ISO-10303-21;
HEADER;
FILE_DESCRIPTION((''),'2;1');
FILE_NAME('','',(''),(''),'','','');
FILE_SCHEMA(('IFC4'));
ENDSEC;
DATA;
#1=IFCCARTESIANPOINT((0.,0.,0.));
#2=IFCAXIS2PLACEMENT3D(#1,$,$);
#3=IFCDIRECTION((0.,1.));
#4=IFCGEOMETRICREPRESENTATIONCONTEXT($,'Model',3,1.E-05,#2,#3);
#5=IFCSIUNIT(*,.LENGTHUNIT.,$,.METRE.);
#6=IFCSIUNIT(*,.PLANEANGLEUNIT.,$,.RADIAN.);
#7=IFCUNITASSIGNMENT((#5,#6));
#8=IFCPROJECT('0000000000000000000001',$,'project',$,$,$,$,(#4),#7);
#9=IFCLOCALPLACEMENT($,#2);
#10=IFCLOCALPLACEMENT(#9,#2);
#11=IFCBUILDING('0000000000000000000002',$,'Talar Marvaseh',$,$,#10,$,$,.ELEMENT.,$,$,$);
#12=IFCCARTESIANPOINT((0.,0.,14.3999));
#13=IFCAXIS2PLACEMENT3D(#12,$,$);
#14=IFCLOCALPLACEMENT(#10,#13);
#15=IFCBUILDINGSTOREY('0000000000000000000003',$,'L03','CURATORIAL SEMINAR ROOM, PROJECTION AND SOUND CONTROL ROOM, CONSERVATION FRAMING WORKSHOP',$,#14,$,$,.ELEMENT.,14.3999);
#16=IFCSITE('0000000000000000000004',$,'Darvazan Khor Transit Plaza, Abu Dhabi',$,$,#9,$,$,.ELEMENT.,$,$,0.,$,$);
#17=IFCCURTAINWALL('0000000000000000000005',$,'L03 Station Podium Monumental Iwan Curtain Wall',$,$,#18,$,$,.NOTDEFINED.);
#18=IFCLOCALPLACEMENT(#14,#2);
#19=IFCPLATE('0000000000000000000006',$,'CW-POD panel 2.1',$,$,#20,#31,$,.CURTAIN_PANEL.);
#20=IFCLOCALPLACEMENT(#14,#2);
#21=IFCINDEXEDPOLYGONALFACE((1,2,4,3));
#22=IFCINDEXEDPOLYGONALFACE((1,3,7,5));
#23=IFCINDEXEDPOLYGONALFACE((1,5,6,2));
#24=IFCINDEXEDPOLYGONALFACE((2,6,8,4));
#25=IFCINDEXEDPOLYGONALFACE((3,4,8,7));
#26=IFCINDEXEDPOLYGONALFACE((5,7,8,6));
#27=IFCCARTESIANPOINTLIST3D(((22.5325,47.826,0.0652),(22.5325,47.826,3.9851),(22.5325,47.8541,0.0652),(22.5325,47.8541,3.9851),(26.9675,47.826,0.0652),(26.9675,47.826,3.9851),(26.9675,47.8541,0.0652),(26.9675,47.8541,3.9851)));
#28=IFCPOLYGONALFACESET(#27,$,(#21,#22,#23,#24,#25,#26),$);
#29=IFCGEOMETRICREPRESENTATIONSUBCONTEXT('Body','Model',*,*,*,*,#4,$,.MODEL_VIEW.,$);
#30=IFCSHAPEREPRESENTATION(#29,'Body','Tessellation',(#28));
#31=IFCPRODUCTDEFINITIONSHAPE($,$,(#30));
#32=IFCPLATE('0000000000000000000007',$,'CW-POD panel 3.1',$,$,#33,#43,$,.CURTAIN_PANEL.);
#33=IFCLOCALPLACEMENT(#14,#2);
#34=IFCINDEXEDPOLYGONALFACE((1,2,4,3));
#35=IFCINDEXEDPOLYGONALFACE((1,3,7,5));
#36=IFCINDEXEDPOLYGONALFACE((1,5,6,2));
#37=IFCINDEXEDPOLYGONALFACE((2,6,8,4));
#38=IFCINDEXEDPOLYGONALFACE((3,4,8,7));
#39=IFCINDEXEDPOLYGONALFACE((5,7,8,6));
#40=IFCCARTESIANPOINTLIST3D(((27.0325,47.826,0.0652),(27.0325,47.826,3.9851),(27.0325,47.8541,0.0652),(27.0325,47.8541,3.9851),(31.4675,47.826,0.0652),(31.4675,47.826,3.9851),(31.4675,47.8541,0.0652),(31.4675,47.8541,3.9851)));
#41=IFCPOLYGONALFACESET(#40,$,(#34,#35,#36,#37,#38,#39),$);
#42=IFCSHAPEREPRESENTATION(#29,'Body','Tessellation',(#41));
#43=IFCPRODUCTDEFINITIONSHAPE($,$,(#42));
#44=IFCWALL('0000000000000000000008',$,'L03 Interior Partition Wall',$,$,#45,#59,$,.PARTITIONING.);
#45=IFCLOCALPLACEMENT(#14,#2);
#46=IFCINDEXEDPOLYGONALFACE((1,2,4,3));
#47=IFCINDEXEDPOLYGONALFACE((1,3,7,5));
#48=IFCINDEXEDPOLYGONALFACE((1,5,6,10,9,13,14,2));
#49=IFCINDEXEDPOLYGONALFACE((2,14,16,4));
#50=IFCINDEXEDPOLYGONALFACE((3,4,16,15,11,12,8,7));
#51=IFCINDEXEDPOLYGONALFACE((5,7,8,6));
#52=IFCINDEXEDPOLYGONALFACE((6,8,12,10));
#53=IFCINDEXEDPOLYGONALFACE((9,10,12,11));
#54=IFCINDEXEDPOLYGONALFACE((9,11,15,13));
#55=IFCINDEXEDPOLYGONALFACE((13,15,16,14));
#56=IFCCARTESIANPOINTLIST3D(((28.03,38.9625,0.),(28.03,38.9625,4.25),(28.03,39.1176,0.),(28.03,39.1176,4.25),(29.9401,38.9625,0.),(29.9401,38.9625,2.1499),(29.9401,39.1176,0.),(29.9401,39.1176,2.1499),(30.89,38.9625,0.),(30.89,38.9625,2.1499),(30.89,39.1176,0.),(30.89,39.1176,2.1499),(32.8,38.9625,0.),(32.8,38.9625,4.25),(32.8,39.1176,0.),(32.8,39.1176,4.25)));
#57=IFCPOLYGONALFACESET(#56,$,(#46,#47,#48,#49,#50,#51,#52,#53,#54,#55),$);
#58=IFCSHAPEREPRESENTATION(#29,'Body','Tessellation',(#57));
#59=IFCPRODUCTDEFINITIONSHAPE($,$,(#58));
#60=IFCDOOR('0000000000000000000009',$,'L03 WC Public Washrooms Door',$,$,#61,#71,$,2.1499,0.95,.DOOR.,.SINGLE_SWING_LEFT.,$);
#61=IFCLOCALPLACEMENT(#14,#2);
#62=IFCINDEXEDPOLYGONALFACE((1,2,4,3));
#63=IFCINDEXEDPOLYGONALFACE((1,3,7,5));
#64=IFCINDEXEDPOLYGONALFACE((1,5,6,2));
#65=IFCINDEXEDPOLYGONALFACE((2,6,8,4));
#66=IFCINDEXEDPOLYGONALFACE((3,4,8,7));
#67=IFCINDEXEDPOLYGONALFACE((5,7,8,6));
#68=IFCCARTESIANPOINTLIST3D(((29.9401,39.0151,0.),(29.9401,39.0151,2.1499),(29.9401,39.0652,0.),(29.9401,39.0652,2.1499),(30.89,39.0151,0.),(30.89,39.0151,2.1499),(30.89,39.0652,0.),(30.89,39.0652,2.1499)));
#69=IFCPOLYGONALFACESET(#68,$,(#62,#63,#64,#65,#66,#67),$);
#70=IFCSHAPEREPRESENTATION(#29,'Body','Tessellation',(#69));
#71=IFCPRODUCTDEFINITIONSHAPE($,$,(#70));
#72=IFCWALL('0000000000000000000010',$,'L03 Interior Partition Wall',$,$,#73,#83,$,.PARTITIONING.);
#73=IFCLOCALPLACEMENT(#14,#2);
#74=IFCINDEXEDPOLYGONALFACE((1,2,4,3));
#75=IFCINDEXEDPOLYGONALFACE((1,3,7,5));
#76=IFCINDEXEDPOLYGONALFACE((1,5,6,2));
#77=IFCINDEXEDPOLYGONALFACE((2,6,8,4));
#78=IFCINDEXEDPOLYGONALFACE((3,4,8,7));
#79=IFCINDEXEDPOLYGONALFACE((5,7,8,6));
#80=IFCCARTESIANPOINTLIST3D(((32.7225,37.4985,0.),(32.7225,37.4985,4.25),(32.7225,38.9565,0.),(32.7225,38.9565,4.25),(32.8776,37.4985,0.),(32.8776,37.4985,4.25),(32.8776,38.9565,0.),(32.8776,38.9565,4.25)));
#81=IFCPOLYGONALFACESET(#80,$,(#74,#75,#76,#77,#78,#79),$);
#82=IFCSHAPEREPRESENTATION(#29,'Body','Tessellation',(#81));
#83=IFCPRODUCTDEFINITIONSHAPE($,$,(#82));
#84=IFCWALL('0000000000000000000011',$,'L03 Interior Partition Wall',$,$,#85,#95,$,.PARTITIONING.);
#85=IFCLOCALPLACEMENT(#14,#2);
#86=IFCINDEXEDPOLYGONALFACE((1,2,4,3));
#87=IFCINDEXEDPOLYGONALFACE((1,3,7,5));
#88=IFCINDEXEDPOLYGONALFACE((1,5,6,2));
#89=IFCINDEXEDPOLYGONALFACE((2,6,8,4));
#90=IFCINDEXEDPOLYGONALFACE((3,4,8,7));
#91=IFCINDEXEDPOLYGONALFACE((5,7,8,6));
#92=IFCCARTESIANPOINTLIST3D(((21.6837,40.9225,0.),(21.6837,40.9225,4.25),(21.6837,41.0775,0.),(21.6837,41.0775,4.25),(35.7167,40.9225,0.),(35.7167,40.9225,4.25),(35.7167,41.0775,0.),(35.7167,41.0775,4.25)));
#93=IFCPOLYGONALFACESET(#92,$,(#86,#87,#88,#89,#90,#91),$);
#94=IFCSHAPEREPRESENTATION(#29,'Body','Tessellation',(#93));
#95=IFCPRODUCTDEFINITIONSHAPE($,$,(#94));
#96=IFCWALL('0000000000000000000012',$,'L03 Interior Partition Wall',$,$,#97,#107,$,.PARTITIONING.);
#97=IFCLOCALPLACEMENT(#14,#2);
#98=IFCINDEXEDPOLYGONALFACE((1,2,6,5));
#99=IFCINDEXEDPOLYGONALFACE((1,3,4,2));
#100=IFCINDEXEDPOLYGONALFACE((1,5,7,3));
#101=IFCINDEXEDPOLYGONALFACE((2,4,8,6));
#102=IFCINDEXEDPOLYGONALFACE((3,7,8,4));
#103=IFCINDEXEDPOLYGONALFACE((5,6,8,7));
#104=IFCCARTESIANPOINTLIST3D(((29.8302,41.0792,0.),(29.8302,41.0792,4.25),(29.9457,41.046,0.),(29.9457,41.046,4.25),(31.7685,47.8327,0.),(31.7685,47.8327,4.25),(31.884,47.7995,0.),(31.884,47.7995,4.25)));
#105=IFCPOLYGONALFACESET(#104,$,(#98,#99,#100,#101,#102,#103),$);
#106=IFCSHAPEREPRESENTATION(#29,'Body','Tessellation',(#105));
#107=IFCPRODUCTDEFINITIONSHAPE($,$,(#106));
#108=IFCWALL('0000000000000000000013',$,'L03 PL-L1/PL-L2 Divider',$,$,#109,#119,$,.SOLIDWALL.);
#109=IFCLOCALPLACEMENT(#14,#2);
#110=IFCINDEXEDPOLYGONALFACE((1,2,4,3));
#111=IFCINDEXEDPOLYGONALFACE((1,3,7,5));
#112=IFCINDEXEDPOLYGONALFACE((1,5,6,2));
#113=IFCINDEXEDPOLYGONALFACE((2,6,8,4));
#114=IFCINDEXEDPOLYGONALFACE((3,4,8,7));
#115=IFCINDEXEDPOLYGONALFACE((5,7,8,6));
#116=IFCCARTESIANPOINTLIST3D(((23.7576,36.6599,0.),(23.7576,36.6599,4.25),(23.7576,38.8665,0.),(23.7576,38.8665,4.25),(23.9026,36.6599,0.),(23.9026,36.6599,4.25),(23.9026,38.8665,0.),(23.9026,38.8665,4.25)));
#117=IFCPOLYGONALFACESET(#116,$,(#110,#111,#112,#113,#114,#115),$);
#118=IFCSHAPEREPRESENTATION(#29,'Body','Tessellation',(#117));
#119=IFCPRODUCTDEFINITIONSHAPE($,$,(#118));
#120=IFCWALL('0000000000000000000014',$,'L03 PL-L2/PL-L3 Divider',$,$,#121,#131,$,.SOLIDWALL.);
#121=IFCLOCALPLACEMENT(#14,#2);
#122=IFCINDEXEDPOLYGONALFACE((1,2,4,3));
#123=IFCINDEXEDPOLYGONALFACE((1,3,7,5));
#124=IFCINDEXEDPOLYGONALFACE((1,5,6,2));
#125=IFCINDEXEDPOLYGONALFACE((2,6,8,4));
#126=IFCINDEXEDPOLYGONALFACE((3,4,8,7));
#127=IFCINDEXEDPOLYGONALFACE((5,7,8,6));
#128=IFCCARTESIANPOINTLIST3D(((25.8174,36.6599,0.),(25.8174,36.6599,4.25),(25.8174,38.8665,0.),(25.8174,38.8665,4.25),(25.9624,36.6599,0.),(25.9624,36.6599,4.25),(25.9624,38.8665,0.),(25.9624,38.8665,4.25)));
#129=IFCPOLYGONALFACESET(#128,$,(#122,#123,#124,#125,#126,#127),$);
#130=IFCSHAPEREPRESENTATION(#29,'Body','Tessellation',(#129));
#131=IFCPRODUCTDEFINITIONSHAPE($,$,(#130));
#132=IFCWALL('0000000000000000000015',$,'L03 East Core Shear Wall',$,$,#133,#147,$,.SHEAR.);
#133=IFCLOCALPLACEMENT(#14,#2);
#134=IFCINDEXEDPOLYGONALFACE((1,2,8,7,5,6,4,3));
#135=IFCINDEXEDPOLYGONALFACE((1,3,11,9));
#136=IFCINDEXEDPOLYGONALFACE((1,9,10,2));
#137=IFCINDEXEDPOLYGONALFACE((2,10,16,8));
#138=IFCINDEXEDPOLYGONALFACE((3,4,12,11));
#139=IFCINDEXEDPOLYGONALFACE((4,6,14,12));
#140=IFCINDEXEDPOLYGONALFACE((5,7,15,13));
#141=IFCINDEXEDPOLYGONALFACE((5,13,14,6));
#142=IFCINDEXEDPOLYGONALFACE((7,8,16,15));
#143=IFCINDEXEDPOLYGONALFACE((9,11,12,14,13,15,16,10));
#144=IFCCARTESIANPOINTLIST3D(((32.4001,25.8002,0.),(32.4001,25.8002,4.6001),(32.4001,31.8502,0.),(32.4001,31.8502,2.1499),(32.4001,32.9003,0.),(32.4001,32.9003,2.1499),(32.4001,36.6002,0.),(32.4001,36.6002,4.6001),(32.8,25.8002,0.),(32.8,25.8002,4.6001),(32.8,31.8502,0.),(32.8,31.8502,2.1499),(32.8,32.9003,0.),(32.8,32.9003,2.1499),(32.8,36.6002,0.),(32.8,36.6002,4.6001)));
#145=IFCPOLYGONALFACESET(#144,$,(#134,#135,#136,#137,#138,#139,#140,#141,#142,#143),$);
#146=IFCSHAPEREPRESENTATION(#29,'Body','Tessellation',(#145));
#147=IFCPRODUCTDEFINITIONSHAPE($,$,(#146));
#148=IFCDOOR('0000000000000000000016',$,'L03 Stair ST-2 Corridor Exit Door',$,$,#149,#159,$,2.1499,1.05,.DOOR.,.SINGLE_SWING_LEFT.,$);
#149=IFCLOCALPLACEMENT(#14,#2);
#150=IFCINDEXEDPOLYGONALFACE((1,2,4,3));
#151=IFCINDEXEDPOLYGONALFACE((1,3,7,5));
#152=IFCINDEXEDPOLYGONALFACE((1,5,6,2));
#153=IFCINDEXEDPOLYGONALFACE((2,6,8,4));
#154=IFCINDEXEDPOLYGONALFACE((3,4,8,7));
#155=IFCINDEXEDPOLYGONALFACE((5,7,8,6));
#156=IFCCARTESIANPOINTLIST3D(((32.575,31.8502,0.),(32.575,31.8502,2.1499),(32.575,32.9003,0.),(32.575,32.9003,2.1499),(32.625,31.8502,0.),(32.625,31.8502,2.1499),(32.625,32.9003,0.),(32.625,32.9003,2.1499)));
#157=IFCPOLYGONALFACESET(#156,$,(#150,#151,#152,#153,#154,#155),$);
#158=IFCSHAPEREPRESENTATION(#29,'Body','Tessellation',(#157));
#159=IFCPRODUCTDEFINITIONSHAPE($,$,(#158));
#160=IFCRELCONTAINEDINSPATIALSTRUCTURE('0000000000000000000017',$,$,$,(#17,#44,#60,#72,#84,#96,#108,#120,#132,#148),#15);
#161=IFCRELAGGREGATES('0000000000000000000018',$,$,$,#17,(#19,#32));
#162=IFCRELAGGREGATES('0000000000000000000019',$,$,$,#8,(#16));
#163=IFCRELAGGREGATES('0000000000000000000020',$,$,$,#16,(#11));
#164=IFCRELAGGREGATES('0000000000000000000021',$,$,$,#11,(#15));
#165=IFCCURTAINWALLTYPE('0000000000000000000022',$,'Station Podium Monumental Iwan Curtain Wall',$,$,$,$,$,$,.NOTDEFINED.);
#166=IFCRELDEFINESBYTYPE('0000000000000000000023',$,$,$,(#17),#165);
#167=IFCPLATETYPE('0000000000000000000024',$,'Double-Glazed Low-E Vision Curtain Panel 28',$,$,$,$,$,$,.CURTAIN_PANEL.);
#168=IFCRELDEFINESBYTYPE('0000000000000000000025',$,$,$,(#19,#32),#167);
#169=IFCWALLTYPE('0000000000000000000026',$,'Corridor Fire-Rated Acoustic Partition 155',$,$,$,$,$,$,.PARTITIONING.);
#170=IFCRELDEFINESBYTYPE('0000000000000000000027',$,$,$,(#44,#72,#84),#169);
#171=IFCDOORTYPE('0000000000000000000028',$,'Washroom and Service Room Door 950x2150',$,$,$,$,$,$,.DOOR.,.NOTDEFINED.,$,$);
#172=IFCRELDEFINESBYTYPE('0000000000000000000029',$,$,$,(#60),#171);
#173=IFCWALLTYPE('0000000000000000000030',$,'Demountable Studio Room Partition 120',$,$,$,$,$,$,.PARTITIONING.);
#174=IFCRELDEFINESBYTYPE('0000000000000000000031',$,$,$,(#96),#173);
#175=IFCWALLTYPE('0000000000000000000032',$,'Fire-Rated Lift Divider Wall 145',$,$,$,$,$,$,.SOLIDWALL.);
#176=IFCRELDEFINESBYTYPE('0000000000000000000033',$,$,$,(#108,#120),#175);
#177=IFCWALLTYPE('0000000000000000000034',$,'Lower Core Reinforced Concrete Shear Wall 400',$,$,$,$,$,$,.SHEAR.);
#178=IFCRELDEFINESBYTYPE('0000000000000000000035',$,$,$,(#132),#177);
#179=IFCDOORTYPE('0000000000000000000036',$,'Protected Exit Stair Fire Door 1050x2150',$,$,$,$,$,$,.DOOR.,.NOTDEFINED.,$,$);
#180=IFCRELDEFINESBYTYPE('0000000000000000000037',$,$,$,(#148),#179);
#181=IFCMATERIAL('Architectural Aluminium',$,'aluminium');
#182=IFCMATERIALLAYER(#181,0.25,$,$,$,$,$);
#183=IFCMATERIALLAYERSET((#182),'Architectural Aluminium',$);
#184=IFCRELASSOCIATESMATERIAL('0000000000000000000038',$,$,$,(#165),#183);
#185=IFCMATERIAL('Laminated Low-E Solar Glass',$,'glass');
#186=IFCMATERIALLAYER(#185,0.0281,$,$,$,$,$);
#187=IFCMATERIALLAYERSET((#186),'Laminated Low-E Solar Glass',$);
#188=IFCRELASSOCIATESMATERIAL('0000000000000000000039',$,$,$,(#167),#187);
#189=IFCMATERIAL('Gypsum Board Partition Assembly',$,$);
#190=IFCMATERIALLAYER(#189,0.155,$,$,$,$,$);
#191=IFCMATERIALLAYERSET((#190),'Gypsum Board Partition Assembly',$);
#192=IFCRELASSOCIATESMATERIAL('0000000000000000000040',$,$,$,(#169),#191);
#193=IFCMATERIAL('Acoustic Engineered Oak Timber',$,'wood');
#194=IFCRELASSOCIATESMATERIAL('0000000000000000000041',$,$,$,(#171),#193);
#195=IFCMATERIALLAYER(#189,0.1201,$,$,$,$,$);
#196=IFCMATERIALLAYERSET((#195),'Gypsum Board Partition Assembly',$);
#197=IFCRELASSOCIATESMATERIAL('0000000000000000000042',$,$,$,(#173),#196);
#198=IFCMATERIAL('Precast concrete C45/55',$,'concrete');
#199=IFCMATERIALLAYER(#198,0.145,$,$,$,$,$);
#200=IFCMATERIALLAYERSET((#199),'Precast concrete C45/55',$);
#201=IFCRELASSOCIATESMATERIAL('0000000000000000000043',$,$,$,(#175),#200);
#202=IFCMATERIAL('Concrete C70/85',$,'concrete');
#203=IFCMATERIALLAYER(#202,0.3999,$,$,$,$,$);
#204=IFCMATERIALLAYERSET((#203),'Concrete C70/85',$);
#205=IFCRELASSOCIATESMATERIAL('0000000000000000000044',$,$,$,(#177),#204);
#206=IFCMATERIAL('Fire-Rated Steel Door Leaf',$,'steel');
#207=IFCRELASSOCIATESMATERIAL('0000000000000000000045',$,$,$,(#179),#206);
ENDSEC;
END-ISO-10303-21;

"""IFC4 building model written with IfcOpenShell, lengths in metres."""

from ifc_helpers import new_model, si_unit, direction, frame, frame_2d, origin, origin_2d, place, context, subcontext, project, spatial, rectangle, extrude, source, transform, mapped, material, layer, layer_set, type_object, type_shapes, element, fill, aggregate, save


model = new_model("IFC4")

# Units and contexts
model_context = context("Model", 3, precision=1e-05, world=origin(), true_north=direction((0.0, 1.0)))
body_context = subcontext(model_context, "Body", "Model", "MODEL_VIEW")
ifc_project = project(units=[si_unit("LENGTHUNIT", "METRE"), si_unit("PLANEANGLEUNIT", "RADIAN")], contexts=[model_context])

# Site, building, storey
site_placement = place(None, origin())
site = spatial("IfcSite", under=ifc_project, at=site_placement, Name="Darvazan Khor Transit Plaza, Abu Dhabi", CompositionType="ELEMENT", RefElevation=0.0)
building_placement = place(site_placement, origin())
building = spatial("IfcBuilding", under=site, at=building_placement, Name="Talar Marvaseh", CompositionType="ELEMENT")
storey_placement = place(building_placement, frame((0.0, 0.0, 14.3999)))
storey = spatial("IfcBuildingStorey", under=building, at=storey_placement, Name="L03", Description="CURATORIAL SEMINAR ROOM, PROJECTION AND SOUND CONTROL ROOM, CONSERVATION FRAMING WORKSHOP", CompositionType="ELEMENT", Elevation=14.3999)

# Shared definitions
ifc_material_1 = material(Name="Concrete C70/85", Category="concrete")

# Curtain wall, plates
ifc_material_2 = material(Name="Architectural Aluminium", Category="aluminium")
ifc_layer_1 = layer(ifc_material_2, 0.25)
ifc_layer_set_1 = layer_set([ifc_layer_1], Name="Architectural Aluminium")
curtain_wall_type = type_object("IfcCurtainWallType", Name="Station Podium Monumental Iwan Curtain Wall", PredefinedType="NOTDEFINED", material=ifc_layer_set_1)
curtain_wall_placement = place(storey_placement, origin())
curtain_wall = element("IfcCurtainWall", 1, at=curtain_wall_placement, inside=storey, type_object=curtain_wall_type, Name="L03 Station Podium Monumental Iwan Curtain Wall", PredefinedType="NOTDEFINED")
ifc_material_3 = material(Name="Laminated Low-E Solar Glass", Category="glass")
ifc_layer_2 = layer(ifc_material_3, 0.0281)
ifc_layer_set_2 = layer_set([ifc_layer_2], Name="Laminated Low-E Solar Glass")
plate_type = type_object("IfcPlateType", Name="Double-Glazed Low-E Vision Curtain Panel 28", PredefinedType="CURTAIN_PANEL", material=ifc_layer_set_2)
shared_shape_1 = source(origin(), body_context, "Body", "SweptSolid", [
    extrude(rectangle(XDim=4.4351, YDim=0.0281, at=origin_2d()), origin(), (0.0, 0.0, 1.0), 3.9199),
])
type_shapes(plate_type, [shared_shape_1])
plate_1_placement = place(storey_placement, frame((24.75, 47.8401, 0.0652), z_axis=(0.0, 0.0, 1.0), x_axis=(1.0, 0.0, 0.0)))
plate_1 = element("IfcPlate", 2, at=plate_1_placement, type_object=plate_type, Name="CW-POD panel 2.1", PredefinedType="CURTAIN_PANEL", context=body_context, shape_type="MappedRepresentation", body=[
    mapped(shared_shape_1, transform((0.0, 0.0, 0.0), x_axis=(1.0, 0.0, 0.0), y_axis=(0.0, 1.0, 0.0), z_axis=(0.0, 0.0, 1.0), scale=1.0)),
])
plate_2_placement = place(storey_placement, frame((29.25, 47.8401, 0.0652), z_axis=(0.0, 0.0, 1.0), x_axis=(1.0, 0.0, 0.0)))
plate_2 = element("IfcPlate", 3, at=plate_2_placement, type_object=plate_type, Name="CW-POD panel 3.1", PredefinedType="CURTAIN_PANEL", context=body_context, shape_type="MappedRepresentation", body=[
    mapped(shared_shape_1, transform((0.0, 0.0, 0.0), x_axis=(1.0, 0.0, 0.0), y_axis=(0.0, 1.0, 0.0), z_axis=(0.0, 0.0, 1.0), scale=1.0)),
])
aggregate(curtain_wall, [plate_1, plate_2])

# Wall, opening, door
ifc_material_4 = material(Name="Gypsum Board Partition Assembly")
ifc_layer_3 = layer(ifc_material_4, 0.155)
ifc_layer_set_3 = layer_set([ifc_layer_3], Name="Gypsum Board Partition Assembly")
wall_type_1 = type_object("IfcWallType", Name="Corridor Fire-Rated Acoustic Partition 155", PredefinedType="PARTITIONING", material=ifc_layer_set_3)
wall_1_placement = place(storey_placement, frame((32.8, 39.04, 0.0), z_axis=(0.0, 0.0, 1.0), x_axis=(-1.0, 0.0, 0.0)))
wall_1 = element("IfcWall", 4, at=wall_1_placement, inside=storey, type_object=wall_type_1, Name="L03 Interior Partition Wall", PredefinedType="PARTITIONING", context=body_context, shape_type="SweptSolid", body=[
    extrude(rectangle(XDim=4.77, YDim=0.155, at=frame_2d((2.385, 0.0))), origin(), (0.0, 0.0, 1.0), 4.25),
])
opening_1_placement = place(wall_1_placement, frame((1.9099, 0.0, 0.0)))
opening_1 = element("IfcOpeningElement", 5, at=opening_1_placement, cuts=wall_1, PredefinedType="OPENING", context=body_context, shape_type="SweptSolid", body=[
    extrude(rectangle(XDim=0.95, YDim=2.1499, at=frame_2d((0.4751, 1.075))), frame((0.0, 0.0874, 0.0), z_axis=(0.0, -1.0, 0.0), x_axis=(1.0, 0.0, 0.0)), (0.0, 0.0, 1.0), 0.175),
])
ifc_material_5 = material(Name="Acoustic Engineered Oak Timber", Category="wood")
door_type_1 = type_object("IfcDoorType", Name="Washroom and Service Room Door 950x2150", OperationType="NOTDEFINED", PredefinedType="DOOR", material=ifc_material_5)
shared_shape_2 = source(origin(), body_context, "Body", "SweptSolid", [
    extrude(rectangle(XDim=0.95, YDim=2.1499, at=frame_2d((0.4751, 1.075))), frame((0.0, 0.0249, 0.0), z_axis=(0.0, -1.0, 0.0), x_axis=(1.0, 0.0, 0.0)), (0.0, 0.0, 1.0), 0.05),
])
type_shapes(door_type_1, [shared_shape_2])
door_1_placement = place(opening_1_placement, origin())
door_1 = element("IfcDoor", 6, at=door_1_placement, inside=storey, type_object=door_type_1, Name="L03 WC Public Washrooms Door", OperationType="SINGLE_SWING_LEFT", OverallHeight=2.1499, OverallWidth=0.95, PredefinedType="DOOR", context=body_context, shape_type="MappedRepresentation", body=[
    mapped(shared_shape_2, transform((0.0, 0.0, 0.0), x_axis=(1.0, 0.0, 0.0), y_axis=(0.0, 1.0, 0.0), z_axis=(0.0, 0.0, 1.0), scale=1.0)),
])
fill(opening_1, door_1)

# Walls
wall_2_placement = place(storey_placement, frame((32.8, 37.4985, 0.0), z_axis=(0.0, 0.0, 1.0), x_axis=(0.0, 1.0, 0.0)))
element("IfcWall", 7, at=wall_2_placement, inside=storey, type_object=wall_type_1, Name="L03 Interior Partition Wall", PredefinedType="PARTITIONING", context=body_context, shape_type="SweptSolid", body=[
    extrude(rectangle(XDim=1.458, YDim=0.155, at=frame_2d((0.729, 0.0))), origin(), (0.0, 0.0, 1.0), 4.25),
])
wall_3_placement = place(storey_placement, frame((21.6836, 41.0, 0.0), z_axis=(0.0, 0.0, 1.0), x_axis=(1.0, 0.0, 0.0)))
element("IfcWall", 8, at=wall_3_placement, inside=storey, type_object=wall_type_1, Name="L03 Interior Partition Wall", PredefinedType="PARTITIONING", context=body_context, shape_type="SweptSolid", body=[
    extrude(rectangle(XDim=14.033, YDim=0.155, at=frame_2d((7.0166, 0.0))), origin(), (0.0, 0.0, 1.0), 4.25),
])
ifc_layer_4 = layer(ifc_material_4, 0.1201)
ifc_layer_set_4 = layer_set([ifc_layer_4], Name="Gypsum Board Partition Assembly")
wall_type_2 = type_object("IfcWallType", Name="Demountable Studio Room Partition 120", PredefinedType="PARTITIONING", material=ifc_layer_set_4)
wall_4_placement = place(storey_placement, frame((29.8879, 41.0625, 0.0), z_axis=(0.0, 0.0, 1.0), x_axis=(0.275864, 0.961197, 0.0)))
element("IfcWall", 9, at=wall_4_placement, inside=storey, type_object=wall_type_2, Name="L03 Interior Partition Wall", PredefinedType="PARTITIONING", context=body_context, shape_type="SweptSolid", body=[
    extrude(rectangle(XDim=7.0261, YDim=0.1201, at=frame_2d((3.5132, 0.0))), origin(), (0.0, 0.0, 1.0), 4.25),
])
ifc_material_6 = material(Name="Precast concrete C45/55", Category="concrete")
ifc_layer_5 = layer(ifc_material_6, 0.145)
ifc_layer_set_5 = layer_set([ifc_layer_5], Name="Precast concrete C45/55")
wall_type_3 = type_object("IfcWallType", Name="Fire-Rated Lift Divider Wall 145", PredefinedType="SOLIDWALL", material=ifc_layer_set_5)
for number, where, z_axis, x_axis, name in (
    (10, (23.8301, 36.6599, 0.0), (0.0, 0.0, 1.0), (0.0, 1.0, 0.0), "L03 PL-L1/PL-L2 Divider"),
    (11, (25.8899, 36.6599, 0.0), (0.0, 0.0, 1.0), (0.0, 1.0, 0.0), "L03 PL-L2/PL-L3 Divider"),
):
    element("IfcWall", number, at=place(storey_placement, frame(where, z_axis=z_axis, x_axis=x_axis)), inside=storey, type_object=wall_type_3, Name=name, PredefinedType="SOLIDWALL", context=body_context, shape_type="SweptSolid", body=[
        extrude(rectangle(XDim=2.2065, YDim=0.145, at=frame_2d((1.1033, 0.0))), origin(), (0.0, 0.0, 1.0), 4.25),
    ])

# Wall, opening, door
ifc_layer_6 = layer(ifc_material_1, 0.3999)
ifc_layer_set_6 = layer_set([ifc_layer_6], Name="Concrete C70/85")
wall_type_4 = type_object("IfcWallType", Name="Lower Core Reinforced Concrete Shear Wall 400", PredefinedType="SHEAR", material=ifc_layer_set_6)
wall_5_placement = place(storey_placement, frame((32.6001, 36.6001, 0.0), z_axis=(0.0, 0.0, 1.0), x_axis=(0.0, -1.0, 0.0)))
wall_5 = element("IfcWall", 12, at=wall_5_placement, inside=storey, type_object=wall_type_4, Name="L03 East Core Shear Wall", PredefinedType="SHEAR", context=body_context, shape_type="SweptSolid", body=[
    extrude(rectangle(XDim=10.8, YDim=0.3999, at=frame_2d((5.3999, 0.0))), origin(), (0.0, 0.0, 1.0), 4.6001),
])
opening_2_placement = place(wall_5_placement, frame((3.7, 0.0, 0.0)))
opening_2 = element("IfcOpeningElement", 13, at=opening_2_placement, cuts=wall_5, PredefinedType="OPENING", context=body_context, shape_type="SweptSolid", body=[
    extrude(rectangle(XDim=1.05, YDim=2.1499, at=frame_2d((0.5249, 1.075))), frame((0.0, 0.21, 0.0), z_axis=(0.0, -1.0, 0.0), x_axis=(1.0, 0.0, 0.0)), (0.0, 0.0, 1.0), 0.4199),
])
ifc_material_7 = material(Name="Fire-Rated Steel Door Leaf", Category="steel")
door_type_2 = type_object("IfcDoorType", Name="Protected Exit Stair Fire Door 1050x2150", OperationType="NOTDEFINED", PredefinedType="DOOR", material=ifc_material_7)
shared_shape_3 = source(origin(), body_context, "Body", "SweptSolid", [
    extrude(rectangle(XDim=1.05, YDim=2.1499, at=frame_2d((0.5249, 1.075))), frame((0.0, 0.0249, 0.0), z_axis=(0.0, -1.0, 0.0), x_axis=(1.0, 0.0, 0.0)), (0.0, 0.0, 1.0), 0.05),
])
type_shapes(door_type_2, [shared_shape_3])
door_2_placement = place(opening_2_placement, origin())
door_2 = element("IfcDoor", 14, at=door_2_placement, inside=storey, type_object=door_type_2, Name="L03 Stair ST-2 Corridor Exit Door", OperationType="SINGLE_SWING_LEFT", OverallHeight=2.1499, OverallWidth=1.05, PredefinedType="DOOR", context=body_context, shape_type="MappedRepresentation", body=[
    mapped(shared_shape_3, transform((0.0, 0.0, 0.0), x_axis=(1.0, 0.0, 0.0), y_axis=(0.0, 1.0, 0.0), z_axis=(0.0, 0.0, 1.0), scale=1.0)),
])
fill(opening_2, door_2)

save(model, "model.ifc")
